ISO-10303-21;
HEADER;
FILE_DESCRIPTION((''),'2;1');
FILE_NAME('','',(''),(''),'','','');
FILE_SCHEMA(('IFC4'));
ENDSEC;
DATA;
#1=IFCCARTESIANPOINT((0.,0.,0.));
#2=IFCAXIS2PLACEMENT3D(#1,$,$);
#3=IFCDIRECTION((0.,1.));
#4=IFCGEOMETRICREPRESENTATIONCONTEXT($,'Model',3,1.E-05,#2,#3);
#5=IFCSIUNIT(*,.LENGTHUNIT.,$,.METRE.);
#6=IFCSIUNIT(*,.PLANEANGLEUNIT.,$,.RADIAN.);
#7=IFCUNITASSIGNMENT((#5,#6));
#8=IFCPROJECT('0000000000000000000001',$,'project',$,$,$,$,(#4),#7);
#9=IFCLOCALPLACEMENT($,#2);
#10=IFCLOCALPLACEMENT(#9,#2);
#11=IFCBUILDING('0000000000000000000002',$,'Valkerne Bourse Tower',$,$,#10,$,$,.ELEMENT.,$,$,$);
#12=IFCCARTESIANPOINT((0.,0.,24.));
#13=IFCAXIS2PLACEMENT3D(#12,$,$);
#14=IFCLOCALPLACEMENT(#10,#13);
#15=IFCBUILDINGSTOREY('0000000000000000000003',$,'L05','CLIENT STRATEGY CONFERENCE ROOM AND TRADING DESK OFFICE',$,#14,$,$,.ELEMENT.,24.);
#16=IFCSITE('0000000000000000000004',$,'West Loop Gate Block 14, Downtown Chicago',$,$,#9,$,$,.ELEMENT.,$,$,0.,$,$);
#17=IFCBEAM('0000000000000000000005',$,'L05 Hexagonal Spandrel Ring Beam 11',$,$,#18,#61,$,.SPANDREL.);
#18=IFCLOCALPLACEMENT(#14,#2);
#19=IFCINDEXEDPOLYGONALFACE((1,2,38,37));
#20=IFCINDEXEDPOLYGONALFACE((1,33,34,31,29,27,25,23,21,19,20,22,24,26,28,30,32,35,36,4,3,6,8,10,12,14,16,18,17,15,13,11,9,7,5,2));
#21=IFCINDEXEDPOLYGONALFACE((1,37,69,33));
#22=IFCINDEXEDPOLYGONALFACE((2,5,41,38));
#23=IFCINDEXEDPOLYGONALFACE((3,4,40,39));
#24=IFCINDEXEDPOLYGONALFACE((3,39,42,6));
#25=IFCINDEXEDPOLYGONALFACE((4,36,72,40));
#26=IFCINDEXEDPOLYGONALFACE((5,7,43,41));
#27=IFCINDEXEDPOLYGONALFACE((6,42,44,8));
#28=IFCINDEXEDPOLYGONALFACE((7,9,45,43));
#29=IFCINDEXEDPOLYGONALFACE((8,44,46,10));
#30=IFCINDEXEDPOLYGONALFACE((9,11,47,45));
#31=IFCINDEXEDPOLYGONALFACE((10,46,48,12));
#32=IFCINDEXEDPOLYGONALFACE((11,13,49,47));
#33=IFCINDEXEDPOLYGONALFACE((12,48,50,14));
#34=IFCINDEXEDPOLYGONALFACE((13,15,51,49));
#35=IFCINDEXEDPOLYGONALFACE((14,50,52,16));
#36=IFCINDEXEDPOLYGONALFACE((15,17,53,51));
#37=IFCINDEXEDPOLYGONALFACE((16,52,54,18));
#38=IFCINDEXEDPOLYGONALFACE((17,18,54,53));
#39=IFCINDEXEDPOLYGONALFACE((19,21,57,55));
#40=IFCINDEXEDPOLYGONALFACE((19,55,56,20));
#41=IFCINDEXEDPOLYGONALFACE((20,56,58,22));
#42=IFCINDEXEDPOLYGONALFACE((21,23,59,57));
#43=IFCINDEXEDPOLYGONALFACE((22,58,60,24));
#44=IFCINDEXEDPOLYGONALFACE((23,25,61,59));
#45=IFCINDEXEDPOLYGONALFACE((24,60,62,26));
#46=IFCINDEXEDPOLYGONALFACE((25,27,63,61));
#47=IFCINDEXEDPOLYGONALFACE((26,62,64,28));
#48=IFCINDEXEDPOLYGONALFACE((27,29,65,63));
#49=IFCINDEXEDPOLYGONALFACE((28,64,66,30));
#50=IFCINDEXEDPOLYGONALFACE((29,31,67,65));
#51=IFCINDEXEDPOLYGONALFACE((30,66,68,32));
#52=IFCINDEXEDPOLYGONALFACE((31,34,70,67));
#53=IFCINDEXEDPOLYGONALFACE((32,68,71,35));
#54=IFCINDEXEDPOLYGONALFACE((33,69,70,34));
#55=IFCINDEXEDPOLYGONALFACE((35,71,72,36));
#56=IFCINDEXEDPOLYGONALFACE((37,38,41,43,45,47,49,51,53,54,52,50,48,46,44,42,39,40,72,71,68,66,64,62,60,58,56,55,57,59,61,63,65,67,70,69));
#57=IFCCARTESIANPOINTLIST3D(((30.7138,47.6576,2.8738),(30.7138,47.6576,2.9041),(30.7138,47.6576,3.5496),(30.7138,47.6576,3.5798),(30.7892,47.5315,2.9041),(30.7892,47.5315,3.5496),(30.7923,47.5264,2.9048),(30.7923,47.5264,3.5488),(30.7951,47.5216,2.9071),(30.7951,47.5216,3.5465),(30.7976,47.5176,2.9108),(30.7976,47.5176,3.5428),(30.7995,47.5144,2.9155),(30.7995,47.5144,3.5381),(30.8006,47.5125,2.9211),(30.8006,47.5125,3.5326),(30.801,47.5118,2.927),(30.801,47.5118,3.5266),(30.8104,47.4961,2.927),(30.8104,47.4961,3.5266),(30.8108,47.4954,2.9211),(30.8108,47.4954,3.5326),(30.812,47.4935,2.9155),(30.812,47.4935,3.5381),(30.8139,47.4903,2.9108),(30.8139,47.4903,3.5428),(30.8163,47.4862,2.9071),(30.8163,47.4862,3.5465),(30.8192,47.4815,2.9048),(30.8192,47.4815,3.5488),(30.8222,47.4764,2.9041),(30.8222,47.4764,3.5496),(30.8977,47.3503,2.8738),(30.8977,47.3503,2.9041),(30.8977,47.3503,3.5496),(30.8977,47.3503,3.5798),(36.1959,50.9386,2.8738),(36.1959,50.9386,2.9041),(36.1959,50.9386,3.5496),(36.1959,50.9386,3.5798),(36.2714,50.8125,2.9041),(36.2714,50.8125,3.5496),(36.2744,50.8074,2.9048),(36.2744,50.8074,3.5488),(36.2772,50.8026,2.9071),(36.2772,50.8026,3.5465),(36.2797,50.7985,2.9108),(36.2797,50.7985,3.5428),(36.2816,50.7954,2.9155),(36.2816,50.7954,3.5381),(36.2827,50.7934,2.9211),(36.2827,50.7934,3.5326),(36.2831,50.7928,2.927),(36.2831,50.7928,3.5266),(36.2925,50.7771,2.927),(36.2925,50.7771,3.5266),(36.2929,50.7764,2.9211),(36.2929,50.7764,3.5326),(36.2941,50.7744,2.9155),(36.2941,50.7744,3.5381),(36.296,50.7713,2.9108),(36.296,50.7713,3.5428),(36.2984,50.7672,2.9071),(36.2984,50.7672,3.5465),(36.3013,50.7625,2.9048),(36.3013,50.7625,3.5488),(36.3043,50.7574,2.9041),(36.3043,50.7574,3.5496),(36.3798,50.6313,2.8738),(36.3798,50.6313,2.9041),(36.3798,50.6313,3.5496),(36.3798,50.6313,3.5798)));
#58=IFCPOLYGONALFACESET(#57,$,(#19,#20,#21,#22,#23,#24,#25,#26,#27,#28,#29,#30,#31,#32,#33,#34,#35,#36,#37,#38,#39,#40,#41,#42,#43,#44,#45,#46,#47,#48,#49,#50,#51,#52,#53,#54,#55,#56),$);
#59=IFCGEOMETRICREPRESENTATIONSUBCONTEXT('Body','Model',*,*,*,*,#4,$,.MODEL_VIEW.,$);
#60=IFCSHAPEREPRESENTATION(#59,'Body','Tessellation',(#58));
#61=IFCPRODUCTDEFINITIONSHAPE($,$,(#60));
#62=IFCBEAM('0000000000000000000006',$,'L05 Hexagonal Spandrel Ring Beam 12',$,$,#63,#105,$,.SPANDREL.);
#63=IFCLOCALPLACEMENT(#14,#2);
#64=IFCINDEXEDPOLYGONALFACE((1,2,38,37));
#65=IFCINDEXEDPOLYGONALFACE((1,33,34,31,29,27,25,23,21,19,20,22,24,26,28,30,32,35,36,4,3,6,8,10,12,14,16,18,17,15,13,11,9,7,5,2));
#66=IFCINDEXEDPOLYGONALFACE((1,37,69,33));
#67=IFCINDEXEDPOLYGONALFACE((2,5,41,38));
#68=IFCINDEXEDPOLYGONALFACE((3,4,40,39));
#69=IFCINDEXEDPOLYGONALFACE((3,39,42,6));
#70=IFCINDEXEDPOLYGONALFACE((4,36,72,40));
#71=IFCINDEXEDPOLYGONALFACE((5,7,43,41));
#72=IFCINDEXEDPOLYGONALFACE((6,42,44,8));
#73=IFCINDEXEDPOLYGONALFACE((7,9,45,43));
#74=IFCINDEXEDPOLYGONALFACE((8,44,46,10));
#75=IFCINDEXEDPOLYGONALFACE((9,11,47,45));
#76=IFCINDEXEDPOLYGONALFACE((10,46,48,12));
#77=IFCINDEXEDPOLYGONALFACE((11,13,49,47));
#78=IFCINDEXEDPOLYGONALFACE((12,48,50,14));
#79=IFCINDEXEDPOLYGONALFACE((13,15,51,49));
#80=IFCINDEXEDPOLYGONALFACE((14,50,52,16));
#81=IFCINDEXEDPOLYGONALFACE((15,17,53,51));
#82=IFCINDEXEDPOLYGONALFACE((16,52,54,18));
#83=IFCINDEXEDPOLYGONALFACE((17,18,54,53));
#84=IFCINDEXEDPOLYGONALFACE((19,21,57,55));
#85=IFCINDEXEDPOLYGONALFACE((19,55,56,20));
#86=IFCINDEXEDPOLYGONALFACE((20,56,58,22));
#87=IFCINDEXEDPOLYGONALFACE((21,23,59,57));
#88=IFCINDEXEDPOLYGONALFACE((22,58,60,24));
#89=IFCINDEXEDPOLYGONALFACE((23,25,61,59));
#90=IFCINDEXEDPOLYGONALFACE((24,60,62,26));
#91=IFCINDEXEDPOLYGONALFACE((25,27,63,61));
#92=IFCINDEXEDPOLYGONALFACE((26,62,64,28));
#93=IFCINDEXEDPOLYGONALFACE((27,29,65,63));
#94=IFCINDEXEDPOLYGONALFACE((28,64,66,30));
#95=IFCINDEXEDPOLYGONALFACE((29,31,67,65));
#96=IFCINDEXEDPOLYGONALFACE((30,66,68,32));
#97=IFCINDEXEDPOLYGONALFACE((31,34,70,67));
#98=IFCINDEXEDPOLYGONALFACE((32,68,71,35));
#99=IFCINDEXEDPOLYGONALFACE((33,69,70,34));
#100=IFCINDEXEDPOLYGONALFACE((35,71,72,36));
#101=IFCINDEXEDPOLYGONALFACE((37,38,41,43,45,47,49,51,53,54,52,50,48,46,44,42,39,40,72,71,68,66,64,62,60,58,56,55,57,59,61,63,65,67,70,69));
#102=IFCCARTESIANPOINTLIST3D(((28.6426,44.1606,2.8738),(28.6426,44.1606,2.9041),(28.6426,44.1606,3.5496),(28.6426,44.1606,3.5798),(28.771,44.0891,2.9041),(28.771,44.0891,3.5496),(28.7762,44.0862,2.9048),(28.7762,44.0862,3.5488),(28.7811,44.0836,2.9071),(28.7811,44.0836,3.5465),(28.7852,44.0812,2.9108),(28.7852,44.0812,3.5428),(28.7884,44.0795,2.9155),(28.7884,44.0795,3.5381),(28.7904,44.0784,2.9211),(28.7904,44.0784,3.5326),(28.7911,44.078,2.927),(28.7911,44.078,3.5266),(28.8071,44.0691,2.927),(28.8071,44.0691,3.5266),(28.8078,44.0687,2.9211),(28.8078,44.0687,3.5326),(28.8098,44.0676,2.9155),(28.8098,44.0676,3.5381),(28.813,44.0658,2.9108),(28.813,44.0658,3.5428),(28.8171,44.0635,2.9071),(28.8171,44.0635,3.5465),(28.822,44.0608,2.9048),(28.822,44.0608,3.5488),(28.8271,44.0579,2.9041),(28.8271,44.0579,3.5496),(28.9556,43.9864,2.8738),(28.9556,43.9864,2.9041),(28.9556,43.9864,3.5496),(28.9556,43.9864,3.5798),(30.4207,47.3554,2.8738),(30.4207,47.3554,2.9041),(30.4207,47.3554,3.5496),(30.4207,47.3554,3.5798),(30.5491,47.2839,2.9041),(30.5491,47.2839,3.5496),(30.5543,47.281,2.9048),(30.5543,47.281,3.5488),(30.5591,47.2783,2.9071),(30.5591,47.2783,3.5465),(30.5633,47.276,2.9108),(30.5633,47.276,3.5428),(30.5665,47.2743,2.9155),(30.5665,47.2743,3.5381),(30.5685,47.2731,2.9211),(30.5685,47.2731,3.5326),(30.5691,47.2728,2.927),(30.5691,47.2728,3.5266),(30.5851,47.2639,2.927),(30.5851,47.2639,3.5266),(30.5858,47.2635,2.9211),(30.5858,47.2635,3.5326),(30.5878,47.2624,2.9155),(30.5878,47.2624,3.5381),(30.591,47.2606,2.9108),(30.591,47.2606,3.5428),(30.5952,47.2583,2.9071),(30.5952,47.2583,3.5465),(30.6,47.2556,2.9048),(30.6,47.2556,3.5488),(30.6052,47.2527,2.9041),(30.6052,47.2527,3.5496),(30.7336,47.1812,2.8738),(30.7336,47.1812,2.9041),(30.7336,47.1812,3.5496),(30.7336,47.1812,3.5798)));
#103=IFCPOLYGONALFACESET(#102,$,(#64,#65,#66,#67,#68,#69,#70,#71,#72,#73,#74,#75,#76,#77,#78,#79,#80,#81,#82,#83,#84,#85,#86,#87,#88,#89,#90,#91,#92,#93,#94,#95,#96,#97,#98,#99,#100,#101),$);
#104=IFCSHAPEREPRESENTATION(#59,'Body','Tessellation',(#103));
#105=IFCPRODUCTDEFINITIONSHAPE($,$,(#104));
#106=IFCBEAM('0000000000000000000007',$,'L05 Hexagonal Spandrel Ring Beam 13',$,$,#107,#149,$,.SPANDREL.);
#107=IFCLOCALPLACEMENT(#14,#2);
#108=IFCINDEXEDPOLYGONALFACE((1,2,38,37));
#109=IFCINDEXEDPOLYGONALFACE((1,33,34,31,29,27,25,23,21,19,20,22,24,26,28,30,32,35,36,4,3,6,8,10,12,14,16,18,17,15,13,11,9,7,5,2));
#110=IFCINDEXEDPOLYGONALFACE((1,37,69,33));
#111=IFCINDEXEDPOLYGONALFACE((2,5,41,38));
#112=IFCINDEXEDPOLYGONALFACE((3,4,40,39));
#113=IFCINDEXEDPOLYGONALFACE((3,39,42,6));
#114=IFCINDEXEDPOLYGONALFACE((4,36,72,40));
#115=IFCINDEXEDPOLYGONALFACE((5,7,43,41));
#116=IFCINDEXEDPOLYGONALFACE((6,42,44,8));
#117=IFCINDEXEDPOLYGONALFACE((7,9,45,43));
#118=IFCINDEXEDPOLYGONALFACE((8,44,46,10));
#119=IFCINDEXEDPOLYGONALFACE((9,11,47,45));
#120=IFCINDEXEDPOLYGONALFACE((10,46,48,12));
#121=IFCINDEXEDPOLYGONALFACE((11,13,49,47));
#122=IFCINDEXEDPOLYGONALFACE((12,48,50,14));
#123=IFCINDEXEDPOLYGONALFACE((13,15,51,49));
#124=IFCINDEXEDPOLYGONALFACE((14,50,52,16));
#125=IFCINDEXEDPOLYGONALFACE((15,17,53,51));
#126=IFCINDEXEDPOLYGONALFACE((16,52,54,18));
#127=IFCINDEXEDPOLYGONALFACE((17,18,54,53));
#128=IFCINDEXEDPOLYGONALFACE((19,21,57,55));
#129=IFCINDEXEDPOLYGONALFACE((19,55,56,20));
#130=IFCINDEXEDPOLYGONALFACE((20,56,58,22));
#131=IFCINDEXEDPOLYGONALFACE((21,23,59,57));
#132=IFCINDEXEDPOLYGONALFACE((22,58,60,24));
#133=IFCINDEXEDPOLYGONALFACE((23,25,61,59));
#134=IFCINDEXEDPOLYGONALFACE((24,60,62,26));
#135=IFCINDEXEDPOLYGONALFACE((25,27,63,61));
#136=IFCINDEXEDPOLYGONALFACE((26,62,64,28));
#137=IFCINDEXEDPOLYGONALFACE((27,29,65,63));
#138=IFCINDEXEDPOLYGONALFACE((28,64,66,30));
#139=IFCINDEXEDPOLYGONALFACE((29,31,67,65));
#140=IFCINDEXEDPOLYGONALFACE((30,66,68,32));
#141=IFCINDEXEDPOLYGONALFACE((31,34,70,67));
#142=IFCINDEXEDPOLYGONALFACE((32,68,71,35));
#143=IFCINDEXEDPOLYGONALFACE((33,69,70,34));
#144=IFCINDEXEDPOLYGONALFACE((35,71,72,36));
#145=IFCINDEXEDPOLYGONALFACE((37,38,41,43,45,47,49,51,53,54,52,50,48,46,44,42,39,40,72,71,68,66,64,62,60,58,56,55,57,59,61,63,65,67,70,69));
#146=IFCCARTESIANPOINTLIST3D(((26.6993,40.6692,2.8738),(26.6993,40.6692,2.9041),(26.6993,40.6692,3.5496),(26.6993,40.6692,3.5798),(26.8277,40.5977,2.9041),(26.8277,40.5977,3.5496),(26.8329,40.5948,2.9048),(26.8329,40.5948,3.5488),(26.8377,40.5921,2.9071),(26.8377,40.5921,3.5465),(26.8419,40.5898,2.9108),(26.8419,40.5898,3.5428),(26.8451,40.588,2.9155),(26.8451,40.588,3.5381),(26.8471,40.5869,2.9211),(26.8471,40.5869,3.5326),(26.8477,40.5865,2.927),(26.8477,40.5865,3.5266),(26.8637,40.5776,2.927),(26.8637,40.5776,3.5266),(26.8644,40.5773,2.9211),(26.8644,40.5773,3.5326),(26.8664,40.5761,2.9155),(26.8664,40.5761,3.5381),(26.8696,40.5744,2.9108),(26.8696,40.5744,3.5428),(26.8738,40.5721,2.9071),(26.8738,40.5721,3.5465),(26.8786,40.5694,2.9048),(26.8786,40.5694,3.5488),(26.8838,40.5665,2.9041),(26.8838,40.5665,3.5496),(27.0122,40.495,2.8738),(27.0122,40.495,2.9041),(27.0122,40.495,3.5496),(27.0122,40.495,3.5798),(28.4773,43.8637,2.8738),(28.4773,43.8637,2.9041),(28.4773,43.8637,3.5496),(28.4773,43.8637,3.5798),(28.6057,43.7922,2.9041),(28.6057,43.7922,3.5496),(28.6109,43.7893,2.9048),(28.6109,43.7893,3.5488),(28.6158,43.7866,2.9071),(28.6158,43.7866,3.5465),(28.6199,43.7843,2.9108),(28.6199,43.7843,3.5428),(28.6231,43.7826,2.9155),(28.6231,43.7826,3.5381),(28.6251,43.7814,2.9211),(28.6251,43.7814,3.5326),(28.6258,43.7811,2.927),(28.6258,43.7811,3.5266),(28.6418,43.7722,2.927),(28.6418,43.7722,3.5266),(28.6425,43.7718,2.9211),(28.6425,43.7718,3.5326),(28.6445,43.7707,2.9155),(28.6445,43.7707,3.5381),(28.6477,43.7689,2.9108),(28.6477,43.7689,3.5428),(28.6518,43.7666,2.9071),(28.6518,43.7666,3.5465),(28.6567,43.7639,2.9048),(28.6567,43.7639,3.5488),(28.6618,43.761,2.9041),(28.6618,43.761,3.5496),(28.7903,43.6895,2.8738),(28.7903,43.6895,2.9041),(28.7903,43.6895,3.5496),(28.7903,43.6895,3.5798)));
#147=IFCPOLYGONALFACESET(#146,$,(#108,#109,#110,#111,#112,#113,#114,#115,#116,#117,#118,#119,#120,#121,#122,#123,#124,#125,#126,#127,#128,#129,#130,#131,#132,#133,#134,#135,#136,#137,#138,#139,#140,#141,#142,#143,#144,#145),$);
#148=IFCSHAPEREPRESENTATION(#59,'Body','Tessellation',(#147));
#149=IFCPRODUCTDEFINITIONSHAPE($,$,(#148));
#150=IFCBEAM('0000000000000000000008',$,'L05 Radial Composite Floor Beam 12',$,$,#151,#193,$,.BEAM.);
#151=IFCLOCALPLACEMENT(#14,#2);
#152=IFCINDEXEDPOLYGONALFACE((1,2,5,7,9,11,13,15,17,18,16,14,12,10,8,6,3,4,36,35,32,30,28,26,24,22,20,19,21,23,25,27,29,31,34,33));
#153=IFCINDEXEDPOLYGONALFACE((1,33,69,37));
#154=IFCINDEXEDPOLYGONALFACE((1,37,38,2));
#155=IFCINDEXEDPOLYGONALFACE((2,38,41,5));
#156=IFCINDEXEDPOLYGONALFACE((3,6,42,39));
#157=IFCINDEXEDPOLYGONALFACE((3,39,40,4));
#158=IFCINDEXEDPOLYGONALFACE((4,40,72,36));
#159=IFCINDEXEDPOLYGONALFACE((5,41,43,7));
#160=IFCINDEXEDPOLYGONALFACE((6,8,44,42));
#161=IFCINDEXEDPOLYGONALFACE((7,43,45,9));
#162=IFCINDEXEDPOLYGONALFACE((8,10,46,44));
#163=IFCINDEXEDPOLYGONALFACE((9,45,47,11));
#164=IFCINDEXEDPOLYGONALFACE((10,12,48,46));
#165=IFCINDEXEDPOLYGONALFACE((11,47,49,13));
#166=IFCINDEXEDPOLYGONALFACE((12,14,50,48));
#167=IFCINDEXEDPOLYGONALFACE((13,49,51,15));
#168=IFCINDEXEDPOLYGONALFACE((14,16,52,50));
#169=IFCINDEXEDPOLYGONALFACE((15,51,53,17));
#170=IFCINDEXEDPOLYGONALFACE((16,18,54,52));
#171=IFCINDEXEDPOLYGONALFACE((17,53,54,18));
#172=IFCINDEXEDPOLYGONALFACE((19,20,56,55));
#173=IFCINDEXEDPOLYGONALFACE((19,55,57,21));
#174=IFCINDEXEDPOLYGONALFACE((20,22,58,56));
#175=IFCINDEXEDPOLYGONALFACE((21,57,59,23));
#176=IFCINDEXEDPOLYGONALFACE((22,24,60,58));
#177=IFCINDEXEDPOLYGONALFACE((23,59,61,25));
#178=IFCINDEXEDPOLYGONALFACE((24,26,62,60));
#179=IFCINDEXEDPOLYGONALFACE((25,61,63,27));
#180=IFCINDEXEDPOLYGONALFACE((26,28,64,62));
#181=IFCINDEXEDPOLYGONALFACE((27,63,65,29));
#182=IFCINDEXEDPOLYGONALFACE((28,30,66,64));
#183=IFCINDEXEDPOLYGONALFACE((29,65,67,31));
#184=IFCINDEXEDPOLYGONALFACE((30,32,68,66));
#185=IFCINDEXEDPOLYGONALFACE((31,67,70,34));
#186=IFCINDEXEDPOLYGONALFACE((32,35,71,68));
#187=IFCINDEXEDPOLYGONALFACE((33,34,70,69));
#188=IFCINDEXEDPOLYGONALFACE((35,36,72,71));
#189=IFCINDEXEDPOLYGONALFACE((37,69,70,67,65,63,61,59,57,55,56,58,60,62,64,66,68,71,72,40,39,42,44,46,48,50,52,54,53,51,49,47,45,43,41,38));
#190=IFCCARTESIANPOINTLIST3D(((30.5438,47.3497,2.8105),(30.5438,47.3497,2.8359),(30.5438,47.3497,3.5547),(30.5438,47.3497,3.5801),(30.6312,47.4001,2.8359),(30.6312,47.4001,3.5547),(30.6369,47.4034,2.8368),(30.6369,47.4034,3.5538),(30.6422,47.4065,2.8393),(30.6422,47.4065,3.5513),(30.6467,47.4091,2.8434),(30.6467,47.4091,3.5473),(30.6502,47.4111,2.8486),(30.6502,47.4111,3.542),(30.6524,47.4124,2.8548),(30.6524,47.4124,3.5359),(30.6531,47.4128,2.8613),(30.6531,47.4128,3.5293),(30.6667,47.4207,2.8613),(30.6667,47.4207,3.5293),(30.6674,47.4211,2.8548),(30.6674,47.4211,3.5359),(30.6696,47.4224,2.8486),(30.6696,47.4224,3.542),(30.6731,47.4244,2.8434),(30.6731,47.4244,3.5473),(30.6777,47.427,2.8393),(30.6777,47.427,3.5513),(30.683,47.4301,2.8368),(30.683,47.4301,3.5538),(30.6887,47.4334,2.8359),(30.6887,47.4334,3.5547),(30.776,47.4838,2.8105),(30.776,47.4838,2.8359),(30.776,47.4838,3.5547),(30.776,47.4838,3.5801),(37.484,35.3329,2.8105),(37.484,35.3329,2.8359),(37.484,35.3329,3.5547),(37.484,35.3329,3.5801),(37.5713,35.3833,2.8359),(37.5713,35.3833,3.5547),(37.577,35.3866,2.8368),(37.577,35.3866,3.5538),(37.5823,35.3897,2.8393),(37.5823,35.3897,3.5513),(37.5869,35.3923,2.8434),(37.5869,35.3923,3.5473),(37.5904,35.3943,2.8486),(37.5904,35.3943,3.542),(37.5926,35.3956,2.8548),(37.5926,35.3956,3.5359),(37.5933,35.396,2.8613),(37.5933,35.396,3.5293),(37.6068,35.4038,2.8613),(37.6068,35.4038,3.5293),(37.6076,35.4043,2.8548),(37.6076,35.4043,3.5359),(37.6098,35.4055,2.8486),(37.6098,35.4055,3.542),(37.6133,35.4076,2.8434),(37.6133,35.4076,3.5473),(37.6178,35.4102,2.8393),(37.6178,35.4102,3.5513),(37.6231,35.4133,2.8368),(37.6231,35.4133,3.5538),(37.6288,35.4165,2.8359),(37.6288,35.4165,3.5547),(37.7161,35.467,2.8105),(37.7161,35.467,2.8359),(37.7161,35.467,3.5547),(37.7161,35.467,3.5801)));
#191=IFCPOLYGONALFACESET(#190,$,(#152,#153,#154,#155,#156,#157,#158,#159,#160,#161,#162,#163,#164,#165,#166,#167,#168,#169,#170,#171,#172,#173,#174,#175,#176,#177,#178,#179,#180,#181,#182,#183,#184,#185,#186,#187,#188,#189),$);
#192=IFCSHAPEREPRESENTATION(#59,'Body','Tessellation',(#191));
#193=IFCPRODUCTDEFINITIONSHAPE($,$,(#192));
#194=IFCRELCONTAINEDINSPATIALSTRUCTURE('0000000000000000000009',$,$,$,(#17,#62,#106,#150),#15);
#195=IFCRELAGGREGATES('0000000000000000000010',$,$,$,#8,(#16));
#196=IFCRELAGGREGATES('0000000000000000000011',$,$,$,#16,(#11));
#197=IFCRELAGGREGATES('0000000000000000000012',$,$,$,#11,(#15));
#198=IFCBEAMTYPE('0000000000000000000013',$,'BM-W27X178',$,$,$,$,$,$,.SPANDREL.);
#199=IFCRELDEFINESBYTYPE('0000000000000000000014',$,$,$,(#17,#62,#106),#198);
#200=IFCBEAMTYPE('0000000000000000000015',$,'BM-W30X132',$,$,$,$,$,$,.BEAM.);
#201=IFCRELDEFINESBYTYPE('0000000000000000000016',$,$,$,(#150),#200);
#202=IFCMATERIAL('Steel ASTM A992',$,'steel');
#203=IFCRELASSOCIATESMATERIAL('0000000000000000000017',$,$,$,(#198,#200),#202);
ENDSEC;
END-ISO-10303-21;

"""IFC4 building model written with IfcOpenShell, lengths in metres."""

from ifc_helpers import new_model, si_unit, direction, frame, origin, origin_2d, place, context, subcontext, project, spatial, i_section, extrude, material, material_profile, profile_set, type_object, element, save


model = new_model("IFC4")

# Units and contexts
model_context = context("Model", 3, precision=1e-05, world=origin(), true_north=direction((0.0, 1.0)))
body_context = subcontext(model_context, "Body", "Model", "MODEL_VIEW")
ifc_project = project(units=[si_unit("LENGTHUNIT", "METRE"), si_unit("PLANEANGLEUNIT", "RADIAN")], contexts=[model_context])

# Site, building, storey
site_placement = place(None, origin())
site = spatial("IfcSite", under=ifc_project, at=site_placement, Name="West Loop Gate Block 14, Downtown Chicago", CompositionType="ELEMENT", RefElevation=0.0)
building_placement = place(site_placement, origin())
building = spatial("IfcBuilding", under=site, at=building_placement, Name="Valkerne Bourse Tower", CompositionType="ELEMENT")
storey_placement = place(building_placement, frame((0.0, 0.0, 24.0)))
storey = spatial("IfcBuildingStorey", under=building, at=storey_placement, Name="L05", Description="CLIENT STRATEGY CONFERENCE ROOM AND TRADING DESK OFFICE", CompositionType="ELEMENT", Elevation=24.0)

# Beams
ifc_material_1 = material(Name="Steel ASTM A992", Category="steel")
ifc_material_profile_1 = material_profile(ifc_material_1, i_section(OverallWidth=0.3582, OverallDepth=0.7061, WebThickness=0.0183, FlangeThickness=0.0303, FilletRadius=0.0229, at=origin_2d()), Name="W27X178")
ifc_profile_set_1 = profile_set([ifc_material_profile_1], Name="Steel ASTM A992")
beam_type_1 = type_object("IfcBeamType", Name="BM-W27X178", PredefinedType="SPANDREL", material=ifc_profile_set_1)
beam_1_placement = place(storey_placement, frame((36.2878, 50.7849, 3.2268), z_axis=(-0.858066, -0.51354, 0.0), x_axis=(0.51354, -0.858066, 0.0)))
element("IfcBeam", 1, at=beam_1_placement, inside=storey, type_object=beam_type_1, Name="L05 Hexagonal Spandrel Ring Beam 11", PredefinedType="SPANDREL", context=body_context, shape_type="SweptSolid", body=[
    extrude(i_section(OverallWidth=0.3582, OverallDepth=0.7061, WebThickness=0.0183, FlangeThickness=0.0303, FilletRadius=0.0229, at=origin_2d()), origin(), (0.0, 0.0, 1.0), 6.3889),
])
beam_2_placement = place(storey_placement, frame((30.5771, 47.2683, 3.2268), z_axis=(-0.486306, -0.873789, 0.0), x_axis=(0.873789, -0.486306, 0.0)))
element("IfcBeam", 2, at=beam_2_placement, inside=storey, type_object=beam_type_1, Name="L05 Hexagonal Spandrel Ring Beam 12", PredefinedType="SPANDREL", context=body_context, shape_type="SweptSolid", body=[
    extrude(i_section(OverallWidth=0.3582, OverallDepth=0.7061, WebThickness=0.0183, FlangeThickness=0.0303, FilletRadius=0.0229, at=origin_2d()), origin(), (0.0, 0.0, 1.0), 3.6562),
])
beam_3_placement = place(storey_placement, frame((28.6338, 43.7766, 3.2268), z_axis=(-0.486334, -0.873773, 0.0), x_axis=(0.873773, -0.486334, 0.0)))
element("IfcBeam", 3, at=beam_3_placement, inside=storey, type_object=beam_type_1, Name="L05 Hexagonal Spandrel Ring Beam 13", PredefinedType="SPANDREL", context=body_context, shape_type="SweptSolid", body=[
    extrude(i_section(OverallWidth=0.3582, OverallDepth=0.7061, WebThickness=0.0183, FlangeThickness=0.0303, FilletRadius=0.0229, at=origin_2d()), origin(), (0.0, 0.0, 1.0), 3.656),
])
ifc_material_profile_2 = material_profile(ifc_material_1, i_section(OverallWidth=0.2681, OverallDepth=0.7695, WebThickness=0.0156, FlangeThickness=0.0254, FilletRadius=0.0254, at=origin_2d()), Name="W30X132")
ifc_profile_set_2 = profile_set([ifc_material_profile_2], Name="Steel ASTM A992")
beam_type_2 = type_object("IfcBeamType", Name="BM-W30X132", PredefinedType="BEAM", material=ifc_profile_set_2)
beam_4_placement = place(storey_placement, frame((30.6599, 47.4167, 3.1953), z_axis=(0.500122, -0.865955, 0.0), x_axis=(0.865955, 0.500122, 0.0)))
element("IfcBeam", 4, at=beam_4_placement, inside=storey, type_object=beam_type_2, Name="L05 Radial Composite Floor Beam 12", PredefinedType="BEAM", context=body_context, shape_type="SweptSolid", body=[
    extrude(i_section(OverallWidth=0.2681, OverallDepth=0.7695, WebThickness=0.0156, FlangeThickness=0.0254, FilletRadius=0.0254, at=origin_2d()), origin(), (0.0, 0.0, 1.0), 13.877),
])

save(model, "model.ifc")
